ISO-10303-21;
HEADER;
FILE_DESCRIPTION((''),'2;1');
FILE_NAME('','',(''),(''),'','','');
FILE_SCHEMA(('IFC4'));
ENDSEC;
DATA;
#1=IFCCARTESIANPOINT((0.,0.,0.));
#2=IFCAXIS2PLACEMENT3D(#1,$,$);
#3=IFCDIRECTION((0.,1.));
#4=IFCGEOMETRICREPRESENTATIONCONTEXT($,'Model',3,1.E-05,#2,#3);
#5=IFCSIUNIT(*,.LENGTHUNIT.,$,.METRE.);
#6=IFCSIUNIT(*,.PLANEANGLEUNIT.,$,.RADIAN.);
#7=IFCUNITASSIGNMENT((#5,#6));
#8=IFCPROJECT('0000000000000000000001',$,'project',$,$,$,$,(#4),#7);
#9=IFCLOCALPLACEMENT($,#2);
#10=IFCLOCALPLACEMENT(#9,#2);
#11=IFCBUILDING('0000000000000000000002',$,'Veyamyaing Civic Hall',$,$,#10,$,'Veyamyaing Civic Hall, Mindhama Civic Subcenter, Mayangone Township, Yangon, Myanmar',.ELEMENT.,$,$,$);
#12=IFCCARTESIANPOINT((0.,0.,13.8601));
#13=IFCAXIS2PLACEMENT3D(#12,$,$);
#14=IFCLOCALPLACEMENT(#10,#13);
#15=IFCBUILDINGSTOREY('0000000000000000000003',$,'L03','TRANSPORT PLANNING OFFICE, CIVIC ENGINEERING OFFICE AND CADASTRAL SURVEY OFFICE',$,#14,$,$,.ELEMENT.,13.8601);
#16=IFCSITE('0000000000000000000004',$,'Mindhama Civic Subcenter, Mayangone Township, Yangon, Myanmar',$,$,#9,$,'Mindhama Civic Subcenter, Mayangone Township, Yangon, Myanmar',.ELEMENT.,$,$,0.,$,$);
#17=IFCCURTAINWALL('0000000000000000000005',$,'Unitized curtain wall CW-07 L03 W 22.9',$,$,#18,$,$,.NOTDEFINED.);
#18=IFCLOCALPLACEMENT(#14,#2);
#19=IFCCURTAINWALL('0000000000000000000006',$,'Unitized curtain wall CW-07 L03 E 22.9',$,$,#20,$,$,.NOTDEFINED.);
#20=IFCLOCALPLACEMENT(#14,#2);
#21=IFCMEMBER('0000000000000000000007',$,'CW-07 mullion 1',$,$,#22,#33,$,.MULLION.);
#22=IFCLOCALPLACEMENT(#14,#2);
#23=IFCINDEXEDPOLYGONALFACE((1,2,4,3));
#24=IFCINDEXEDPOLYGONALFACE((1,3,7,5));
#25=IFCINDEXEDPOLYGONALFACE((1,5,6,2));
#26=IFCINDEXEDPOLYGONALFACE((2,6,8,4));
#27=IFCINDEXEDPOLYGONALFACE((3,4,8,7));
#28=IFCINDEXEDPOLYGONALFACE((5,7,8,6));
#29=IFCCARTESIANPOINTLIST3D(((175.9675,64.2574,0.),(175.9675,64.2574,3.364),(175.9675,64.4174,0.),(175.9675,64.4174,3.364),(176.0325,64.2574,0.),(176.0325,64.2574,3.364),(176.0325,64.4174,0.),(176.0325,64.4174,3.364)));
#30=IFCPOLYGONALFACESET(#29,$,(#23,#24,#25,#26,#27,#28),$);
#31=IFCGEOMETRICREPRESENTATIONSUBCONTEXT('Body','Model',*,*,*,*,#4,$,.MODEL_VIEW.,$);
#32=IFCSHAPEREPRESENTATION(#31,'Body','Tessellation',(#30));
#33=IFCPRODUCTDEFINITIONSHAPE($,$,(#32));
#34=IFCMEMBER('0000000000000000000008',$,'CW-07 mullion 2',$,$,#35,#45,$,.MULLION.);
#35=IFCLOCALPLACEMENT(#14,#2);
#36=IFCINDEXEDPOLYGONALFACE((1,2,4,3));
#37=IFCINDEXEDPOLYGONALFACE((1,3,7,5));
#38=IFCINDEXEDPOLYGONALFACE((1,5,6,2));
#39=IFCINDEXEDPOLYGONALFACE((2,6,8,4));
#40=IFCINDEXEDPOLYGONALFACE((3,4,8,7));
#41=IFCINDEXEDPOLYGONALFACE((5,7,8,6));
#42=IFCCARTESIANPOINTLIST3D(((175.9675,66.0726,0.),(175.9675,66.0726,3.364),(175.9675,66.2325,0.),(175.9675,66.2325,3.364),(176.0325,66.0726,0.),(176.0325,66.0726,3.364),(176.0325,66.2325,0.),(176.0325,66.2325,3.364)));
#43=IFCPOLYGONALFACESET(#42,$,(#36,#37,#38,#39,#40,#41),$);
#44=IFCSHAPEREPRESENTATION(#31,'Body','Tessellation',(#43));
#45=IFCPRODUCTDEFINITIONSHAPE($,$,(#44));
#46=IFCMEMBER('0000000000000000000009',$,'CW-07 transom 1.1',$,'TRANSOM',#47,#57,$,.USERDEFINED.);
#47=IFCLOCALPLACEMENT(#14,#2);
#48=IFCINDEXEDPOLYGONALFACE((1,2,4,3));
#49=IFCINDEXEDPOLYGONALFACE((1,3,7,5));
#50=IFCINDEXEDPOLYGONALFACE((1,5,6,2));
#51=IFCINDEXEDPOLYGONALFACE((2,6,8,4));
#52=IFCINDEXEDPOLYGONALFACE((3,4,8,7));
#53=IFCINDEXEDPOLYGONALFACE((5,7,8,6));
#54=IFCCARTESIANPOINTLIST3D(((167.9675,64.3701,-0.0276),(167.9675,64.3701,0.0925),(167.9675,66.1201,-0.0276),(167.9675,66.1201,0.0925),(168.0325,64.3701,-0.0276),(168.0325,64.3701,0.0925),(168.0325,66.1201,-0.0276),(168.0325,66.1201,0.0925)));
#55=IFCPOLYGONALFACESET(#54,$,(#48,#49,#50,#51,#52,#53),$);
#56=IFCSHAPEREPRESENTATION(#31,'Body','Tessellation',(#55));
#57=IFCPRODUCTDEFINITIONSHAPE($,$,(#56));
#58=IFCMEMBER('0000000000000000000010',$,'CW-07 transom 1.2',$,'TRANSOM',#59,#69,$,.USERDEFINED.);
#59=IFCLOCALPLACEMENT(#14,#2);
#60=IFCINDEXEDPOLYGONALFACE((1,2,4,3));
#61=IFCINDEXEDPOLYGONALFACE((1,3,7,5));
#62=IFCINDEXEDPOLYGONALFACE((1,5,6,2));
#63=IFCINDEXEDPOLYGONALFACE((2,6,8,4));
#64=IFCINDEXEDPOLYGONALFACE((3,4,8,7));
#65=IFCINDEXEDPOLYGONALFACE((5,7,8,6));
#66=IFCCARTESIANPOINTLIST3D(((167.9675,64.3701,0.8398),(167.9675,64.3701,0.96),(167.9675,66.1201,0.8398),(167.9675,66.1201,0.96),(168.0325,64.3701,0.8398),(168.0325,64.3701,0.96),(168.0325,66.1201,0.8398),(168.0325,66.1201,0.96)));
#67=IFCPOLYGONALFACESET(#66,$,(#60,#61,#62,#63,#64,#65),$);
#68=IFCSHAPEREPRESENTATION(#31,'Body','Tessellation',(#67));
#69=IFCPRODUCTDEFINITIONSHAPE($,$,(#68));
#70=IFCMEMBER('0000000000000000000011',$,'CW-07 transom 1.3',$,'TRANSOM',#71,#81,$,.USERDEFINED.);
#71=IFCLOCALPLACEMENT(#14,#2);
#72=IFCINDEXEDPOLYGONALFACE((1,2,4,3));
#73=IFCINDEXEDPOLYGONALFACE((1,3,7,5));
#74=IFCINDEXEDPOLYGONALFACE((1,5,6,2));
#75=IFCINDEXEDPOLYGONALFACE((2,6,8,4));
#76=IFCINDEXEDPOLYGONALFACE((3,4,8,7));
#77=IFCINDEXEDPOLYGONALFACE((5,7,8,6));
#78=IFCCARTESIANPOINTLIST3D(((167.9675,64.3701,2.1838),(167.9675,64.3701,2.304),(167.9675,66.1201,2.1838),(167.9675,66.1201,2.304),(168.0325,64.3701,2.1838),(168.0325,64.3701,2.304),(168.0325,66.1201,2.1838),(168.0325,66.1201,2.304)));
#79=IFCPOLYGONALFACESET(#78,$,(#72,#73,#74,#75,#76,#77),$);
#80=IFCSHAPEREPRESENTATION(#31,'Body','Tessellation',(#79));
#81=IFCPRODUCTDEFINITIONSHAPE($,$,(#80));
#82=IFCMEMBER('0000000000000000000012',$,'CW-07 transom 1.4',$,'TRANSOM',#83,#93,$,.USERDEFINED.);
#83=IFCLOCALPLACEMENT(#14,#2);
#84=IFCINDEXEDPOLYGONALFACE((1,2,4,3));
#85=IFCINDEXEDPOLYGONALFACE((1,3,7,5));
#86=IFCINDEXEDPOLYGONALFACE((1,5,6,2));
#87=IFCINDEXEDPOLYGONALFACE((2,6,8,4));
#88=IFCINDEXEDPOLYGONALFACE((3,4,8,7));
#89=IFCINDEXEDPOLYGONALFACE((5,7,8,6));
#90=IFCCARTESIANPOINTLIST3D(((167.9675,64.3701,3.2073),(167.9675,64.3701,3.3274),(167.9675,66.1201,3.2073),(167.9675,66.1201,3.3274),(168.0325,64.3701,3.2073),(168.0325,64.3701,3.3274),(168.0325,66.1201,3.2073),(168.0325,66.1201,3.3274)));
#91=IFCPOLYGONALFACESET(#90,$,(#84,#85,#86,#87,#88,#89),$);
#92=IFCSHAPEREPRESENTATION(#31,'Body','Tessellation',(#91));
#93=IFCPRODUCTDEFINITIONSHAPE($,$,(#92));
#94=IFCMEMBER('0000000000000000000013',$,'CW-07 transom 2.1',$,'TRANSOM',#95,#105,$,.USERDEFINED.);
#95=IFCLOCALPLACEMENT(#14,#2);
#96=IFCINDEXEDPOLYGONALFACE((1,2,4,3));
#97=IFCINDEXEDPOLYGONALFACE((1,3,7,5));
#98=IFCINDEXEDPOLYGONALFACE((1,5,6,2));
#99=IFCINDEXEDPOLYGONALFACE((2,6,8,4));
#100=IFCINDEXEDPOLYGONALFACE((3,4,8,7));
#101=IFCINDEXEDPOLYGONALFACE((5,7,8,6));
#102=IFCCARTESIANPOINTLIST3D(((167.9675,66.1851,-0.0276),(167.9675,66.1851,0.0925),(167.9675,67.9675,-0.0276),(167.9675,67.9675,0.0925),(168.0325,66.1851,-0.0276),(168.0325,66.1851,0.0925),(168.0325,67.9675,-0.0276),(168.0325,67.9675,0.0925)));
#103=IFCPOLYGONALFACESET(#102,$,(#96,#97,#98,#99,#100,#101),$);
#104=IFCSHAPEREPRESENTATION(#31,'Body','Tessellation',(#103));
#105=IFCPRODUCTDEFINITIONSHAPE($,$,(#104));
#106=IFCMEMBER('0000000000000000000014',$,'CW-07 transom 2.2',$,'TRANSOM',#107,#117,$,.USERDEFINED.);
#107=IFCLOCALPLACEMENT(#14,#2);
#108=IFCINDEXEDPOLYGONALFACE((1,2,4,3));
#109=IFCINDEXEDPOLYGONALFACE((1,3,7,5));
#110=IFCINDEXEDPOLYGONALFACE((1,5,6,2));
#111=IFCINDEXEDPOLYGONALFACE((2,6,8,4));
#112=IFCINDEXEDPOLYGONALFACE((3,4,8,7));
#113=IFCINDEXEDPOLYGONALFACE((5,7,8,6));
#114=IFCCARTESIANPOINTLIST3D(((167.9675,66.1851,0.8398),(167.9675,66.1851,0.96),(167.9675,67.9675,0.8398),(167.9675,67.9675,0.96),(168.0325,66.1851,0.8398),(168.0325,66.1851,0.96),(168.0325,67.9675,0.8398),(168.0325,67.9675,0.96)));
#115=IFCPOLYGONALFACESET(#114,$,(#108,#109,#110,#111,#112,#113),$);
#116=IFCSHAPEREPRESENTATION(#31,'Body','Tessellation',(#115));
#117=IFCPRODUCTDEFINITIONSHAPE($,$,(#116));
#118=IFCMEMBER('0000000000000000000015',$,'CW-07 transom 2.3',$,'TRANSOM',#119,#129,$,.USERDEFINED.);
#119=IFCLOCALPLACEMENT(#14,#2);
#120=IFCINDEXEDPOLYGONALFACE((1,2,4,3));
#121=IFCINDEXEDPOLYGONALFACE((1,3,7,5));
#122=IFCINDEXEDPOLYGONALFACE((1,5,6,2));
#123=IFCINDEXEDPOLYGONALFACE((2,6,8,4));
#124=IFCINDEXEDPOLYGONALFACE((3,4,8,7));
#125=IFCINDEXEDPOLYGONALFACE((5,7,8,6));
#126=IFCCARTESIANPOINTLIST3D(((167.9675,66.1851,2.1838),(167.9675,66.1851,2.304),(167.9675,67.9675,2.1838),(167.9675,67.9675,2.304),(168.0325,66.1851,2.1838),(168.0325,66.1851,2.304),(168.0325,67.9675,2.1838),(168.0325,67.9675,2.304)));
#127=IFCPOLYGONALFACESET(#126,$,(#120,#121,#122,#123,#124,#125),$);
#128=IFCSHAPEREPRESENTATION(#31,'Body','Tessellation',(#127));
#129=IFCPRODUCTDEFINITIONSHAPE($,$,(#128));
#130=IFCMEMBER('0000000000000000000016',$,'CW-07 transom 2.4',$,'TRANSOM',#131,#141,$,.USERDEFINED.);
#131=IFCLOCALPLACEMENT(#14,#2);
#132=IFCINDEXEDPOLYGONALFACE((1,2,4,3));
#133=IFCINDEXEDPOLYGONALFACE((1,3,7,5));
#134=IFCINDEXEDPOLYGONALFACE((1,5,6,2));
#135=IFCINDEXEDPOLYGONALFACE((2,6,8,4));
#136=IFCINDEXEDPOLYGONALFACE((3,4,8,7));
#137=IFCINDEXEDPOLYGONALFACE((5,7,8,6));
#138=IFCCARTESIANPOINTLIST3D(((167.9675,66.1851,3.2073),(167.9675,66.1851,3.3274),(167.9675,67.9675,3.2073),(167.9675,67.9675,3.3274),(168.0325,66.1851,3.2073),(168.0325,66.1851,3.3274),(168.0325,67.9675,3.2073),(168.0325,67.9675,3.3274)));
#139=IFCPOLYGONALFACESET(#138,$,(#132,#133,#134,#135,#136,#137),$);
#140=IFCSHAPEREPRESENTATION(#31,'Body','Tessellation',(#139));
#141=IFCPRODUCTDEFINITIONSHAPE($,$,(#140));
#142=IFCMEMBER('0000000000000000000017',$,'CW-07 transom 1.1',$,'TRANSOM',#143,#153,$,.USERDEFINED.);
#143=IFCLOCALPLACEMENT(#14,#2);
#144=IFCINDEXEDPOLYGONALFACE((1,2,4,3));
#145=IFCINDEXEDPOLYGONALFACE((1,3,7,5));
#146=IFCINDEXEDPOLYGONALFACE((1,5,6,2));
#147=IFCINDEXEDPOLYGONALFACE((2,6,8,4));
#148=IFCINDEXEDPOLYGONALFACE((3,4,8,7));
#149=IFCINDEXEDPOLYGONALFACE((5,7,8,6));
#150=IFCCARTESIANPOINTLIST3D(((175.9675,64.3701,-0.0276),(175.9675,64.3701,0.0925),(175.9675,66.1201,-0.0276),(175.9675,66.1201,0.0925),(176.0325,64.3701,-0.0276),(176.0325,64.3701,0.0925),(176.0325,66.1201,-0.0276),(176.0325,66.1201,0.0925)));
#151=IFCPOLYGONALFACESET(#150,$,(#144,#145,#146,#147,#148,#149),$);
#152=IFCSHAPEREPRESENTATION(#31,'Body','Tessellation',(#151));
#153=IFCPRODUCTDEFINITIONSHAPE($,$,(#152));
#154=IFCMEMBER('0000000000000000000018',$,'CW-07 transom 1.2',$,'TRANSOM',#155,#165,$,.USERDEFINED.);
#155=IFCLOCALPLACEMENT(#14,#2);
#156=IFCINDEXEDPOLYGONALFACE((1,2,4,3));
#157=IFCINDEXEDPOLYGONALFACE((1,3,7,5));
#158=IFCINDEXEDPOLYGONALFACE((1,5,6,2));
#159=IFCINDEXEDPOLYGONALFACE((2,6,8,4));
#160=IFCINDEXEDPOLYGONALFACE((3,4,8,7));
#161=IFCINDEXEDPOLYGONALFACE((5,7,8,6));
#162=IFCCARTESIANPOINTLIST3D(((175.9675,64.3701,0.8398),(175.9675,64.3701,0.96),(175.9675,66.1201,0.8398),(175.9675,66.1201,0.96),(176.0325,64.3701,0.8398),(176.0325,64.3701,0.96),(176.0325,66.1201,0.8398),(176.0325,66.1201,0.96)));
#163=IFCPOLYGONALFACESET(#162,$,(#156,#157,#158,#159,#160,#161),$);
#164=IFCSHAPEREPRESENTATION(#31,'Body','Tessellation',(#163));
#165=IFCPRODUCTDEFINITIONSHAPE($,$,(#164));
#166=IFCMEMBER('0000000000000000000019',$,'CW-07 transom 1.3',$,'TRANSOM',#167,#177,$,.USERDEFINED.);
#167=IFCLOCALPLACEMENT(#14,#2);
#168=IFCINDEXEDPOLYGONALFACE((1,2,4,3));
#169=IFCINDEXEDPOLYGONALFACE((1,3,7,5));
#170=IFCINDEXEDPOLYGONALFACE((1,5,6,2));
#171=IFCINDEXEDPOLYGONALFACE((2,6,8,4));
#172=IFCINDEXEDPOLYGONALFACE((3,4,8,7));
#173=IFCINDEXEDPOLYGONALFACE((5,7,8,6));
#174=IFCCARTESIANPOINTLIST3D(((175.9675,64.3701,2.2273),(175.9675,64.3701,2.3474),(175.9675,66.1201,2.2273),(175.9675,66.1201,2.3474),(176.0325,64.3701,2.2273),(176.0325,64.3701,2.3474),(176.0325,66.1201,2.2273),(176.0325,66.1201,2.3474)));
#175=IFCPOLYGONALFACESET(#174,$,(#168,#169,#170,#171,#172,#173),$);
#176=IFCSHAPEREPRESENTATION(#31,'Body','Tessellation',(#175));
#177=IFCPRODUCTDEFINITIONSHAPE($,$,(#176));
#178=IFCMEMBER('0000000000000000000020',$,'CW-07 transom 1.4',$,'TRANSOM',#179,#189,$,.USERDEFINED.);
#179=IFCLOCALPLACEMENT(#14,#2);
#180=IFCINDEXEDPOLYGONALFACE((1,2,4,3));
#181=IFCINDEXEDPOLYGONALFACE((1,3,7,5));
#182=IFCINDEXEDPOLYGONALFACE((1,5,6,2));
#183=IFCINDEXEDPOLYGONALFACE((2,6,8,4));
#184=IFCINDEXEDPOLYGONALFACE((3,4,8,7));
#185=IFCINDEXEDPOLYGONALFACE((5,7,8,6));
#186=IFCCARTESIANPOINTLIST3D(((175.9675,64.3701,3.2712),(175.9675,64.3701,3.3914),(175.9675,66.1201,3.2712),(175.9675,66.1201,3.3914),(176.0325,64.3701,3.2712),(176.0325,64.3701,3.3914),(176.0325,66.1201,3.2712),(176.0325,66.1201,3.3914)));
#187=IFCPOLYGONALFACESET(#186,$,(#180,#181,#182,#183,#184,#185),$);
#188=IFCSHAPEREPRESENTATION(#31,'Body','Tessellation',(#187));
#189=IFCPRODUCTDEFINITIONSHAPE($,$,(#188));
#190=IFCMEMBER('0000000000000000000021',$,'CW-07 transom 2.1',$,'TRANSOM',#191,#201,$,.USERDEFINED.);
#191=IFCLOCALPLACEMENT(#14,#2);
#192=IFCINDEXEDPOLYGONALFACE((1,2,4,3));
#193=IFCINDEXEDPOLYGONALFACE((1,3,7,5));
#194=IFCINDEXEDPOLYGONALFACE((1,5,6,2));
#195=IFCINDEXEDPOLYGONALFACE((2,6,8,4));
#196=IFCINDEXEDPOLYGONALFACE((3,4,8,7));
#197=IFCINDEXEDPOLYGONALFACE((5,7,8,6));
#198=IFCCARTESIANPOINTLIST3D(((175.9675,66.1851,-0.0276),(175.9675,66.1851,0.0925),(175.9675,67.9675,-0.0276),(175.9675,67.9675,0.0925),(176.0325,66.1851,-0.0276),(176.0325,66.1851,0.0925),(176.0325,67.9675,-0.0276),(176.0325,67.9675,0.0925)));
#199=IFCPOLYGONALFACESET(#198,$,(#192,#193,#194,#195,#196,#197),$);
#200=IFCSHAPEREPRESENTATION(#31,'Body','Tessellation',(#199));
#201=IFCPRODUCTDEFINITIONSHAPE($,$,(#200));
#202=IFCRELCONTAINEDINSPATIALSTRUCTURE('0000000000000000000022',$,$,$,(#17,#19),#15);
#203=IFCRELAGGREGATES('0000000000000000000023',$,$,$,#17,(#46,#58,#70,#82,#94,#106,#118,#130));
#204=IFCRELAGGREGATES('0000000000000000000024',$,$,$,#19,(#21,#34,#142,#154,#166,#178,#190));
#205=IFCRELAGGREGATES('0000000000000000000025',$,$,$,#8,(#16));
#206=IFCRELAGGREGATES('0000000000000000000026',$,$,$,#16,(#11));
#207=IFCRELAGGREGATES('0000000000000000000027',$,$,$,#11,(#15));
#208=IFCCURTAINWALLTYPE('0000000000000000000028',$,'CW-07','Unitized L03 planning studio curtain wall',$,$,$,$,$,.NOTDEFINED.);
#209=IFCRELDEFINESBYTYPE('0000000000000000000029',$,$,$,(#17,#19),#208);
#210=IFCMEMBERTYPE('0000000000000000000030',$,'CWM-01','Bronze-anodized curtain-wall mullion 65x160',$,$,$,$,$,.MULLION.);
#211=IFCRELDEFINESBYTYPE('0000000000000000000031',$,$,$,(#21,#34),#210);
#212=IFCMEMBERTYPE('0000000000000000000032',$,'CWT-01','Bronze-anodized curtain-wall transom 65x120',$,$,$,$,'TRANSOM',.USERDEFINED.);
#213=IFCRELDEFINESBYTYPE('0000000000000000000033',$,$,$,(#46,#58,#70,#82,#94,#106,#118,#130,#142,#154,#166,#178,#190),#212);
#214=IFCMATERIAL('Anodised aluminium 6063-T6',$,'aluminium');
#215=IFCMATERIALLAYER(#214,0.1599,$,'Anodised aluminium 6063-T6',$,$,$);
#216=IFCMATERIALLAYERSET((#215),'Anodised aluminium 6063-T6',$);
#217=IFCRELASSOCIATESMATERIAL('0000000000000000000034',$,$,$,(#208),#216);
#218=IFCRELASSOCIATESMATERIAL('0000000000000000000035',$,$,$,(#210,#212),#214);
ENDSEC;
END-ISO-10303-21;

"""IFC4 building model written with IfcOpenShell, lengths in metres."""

from ifc_helpers import new_model, si_unit, direction, frame, origin, origin_2d, place, context, subcontext, project, spatial, rectangle, extrude, material, layer, layer_set, material_profile, profile_set, type_object, element, aggregate, save


model = new_model("IFC4")

# Units and contexts
model_context = context("Model", 3, precision=1e-05, world=origin(), true_north=direction((0.0, 1.0)))
body_context = subcontext(model_context, "Body", "Model", "MODEL_VIEW")
ifc_project = project(units=[si_unit("LENGTHUNIT", "METRE"), si_unit("PLANEANGLEUNIT", "RADIAN")], contexts=[model_context])

# Site, building, storey
site_placement = place(None, origin())
site = spatial("IfcSite", under=ifc_project, at=site_placement, Name="Mindhama Civic Subcenter, Mayangone Township, Yangon, Myanmar", LongName="Mindhama Civic Subcenter, Mayangone Township, Yangon, Myanmar", CompositionType="ELEMENT", RefElevation=0.0)
building_placement = place(site_placement, origin())
building = spatial("IfcBuilding", under=site, at=building_placement, Name="Veyamyaing Civic Hall", LongName="Veyamyaing Civic Hall, Mindhama Civic Subcenter, Mayangone Township, Yangon, Myanmar", CompositionType="ELEMENT")
storey_placement = place(building_placement, frame((0.0, 0.0, 13.8601)))
storey = spatial("IfcBuildingStorey", under=building, at=storey_placement, Name="L03", Description="TRANSPORT PLANNING OFFICE, CIVIC ENGINEERING OFFICE AND CADASTRAL SURVEY OFFICE", CompositionType="ELEMENT", Elevation=13.8601)

# Curtain walls, members
ifc_material_1 = material(Name="Anodised aluminium 6063-T6", Category="aluminium")
ifc_layer_1 = layer(ifc_material_1, 0.1599, Name="Anodised aluminium 6063-T6")
ifc_layer_set_1 = layer_set([ifc_layer_1], Name="Anodised aluminium 6063-T6")
curtain_wall_type = type_object("IfcCurtainWallType", Name="CW-07", Description="Unitized L03 planning studio curtain wall", PredefinedType="NOTDEFINED", material=ifc_layer_set_1)
curtain_wall_1_placement = place(storey_placement, origin())
curtain_wall_1 = element("IfcCurtainWall", 1, at=curtain_wall_1_placement, inside=storey, type_object=curtain_wall_type, Name="Unitized curtain wall CW-07 L03 W 22.9", PredefinedType="NOTDEFINED")
ifc_material_profile_1 = material_profile(ifc_material_1, rectangle(XDim=0.0649, YDim=0.1599, at=origin_2d()), Name="ALU-MUL-65X160")
ifc_profile_set_1 = profile_set([ifc_material_profile_1], Name="Anodised aluminium 6063-T6")
member_type_1 = type_object("IfcMemberType", Name="CWM-01", Description="Bronze-anodized curtain-wall mullion 65x160", PredefinedType="MULLION", material=ifc_profile_set_1)
curtain_wall_2_placement = place(storey_placement, origin())
curtain_wall_2 = element("IfcCurtainWall", 2, at=curtain_wall_2_placement, inside=storey, type_object=curtain_wall_type, Name="Unitized curtain wall CW-07 L03 E 22.9", PredefinedType="NOTDEFINED")
member_1_placement = place(storey_placement, frame((176.0, 64.3374, 0.0), z_axis=(0.0, 0.0, 1.0), x_axis=(-1.0, 0.0, 0.0)))
member_1 = element("IfcMember", 3, at=member_1_placement, type_object=member_type_1, Name="CW-07 mullion 1", PredefinedType="MULLION", context=body_context, shape_type="SweptSolid", body=[
    extrude(rectangle(XDim=0.0649, YDim=0.1599, at=origin_2d()), origin(), (0.0, 0.0, 1.0), 3.364),
])
member_2_placement = place(storey_placement, frame((176.0, 66.1526, 0.0), z_axis=(0.0, 0.0, 1.0), x_axis=(-1.0, 0.0, 0.0)))
member_2 = element("IfcMember", 4, at=member_2_placement, type_object=member_type_1, Name="CW-07 mullion 2", PredefinedType="MULLION", context=body_context, shape_type="SweptSolid", body=[
    extrude(rectangle(XDim=0.0649, YDim=0.1599, at=origin_2d()), origin(), (0.0, 0.0, 1.0), 3.364),
])

# Members
ifc_material_profile_2 = material_profile(ifc_material_1, rectangle(XDim=0.0649, YDim=0.1201, at=origin_2d()), Name="ALU-TRN-65X120")
ifc_profile_set_2 = profile_set([ifc_material_profile_2], Name="Anodised aluminium 6063-T6")
member_type_2 = type_object("IfcMemberType", Name="CWT-01", Description="Bronze-anodized curtain-wall transom 65x120", ElementType="TRANSOM", PredefinedType="USERDEFINED", material=ifc_profile_set_2)
member_3_placement = place(storey_placement, frame((168.0, 64.3701, 0.0325), z_axis=(0.0, 1.0, 0.0), x_axis=(-1.0, 0.0, 0.0)))
member_3 = element("IfcMember", 5, at=member_3_placement, type_object=member_type_2, Name="CW-07 transom 1.1", ObjectType="TRANSOM", PredefinedType="USERDEFINED", context=body_context, shape_type="SweptSolid", body=[
    extrude(rectangle(XDim=0.0649, YDim=0.1201, at=origin_2d()), origin(), (0.0, 0.0, 1.0), 1.75),
])
member_4_placement = place(storey_placement, frame((168.0, 64.3701, 0.8999), z_axis=(0.0, 1.0, 0.0), x_axis=(-1.0, 0.0, 0.0)))
member_4 = element("IfcMember", 6, at=member_4_placement, type_object=member_type_2, Name="CW-07 transom 1.2", ObjectType="TRANSOM", PredefinedType="USERDEFINED", context=body_context, shape_type="SweptSolid", body=[
    extrude(rectangle(XDim=0.0649, YDim=0.1201, at=origin_2d()), origin(), (0.0, 0.0, 1.0), 1.75),
])
member_5_placement = place(storey_placement, frame((168.0, 64.3701, 2.2439), z_axis=(0.0, 1.0, 0.0), x_axis=(-1.0, 0.0, 0.0)))
member_5 = element("IfcMember", 7, at=member_5_placement, type_object=member_type_2, Name="CW-07 transom 1.3", ObjectType="TRANSOM", PredefinedType="USERDEFINED", context=body_context, shape_type="SweptSolid", body=[
    extrude(rectangle(XDim=0.0649, YDim=0.1201, at=origin_2d()), origin(), (0.0, 0.0, 1.0), 1.75),
])
member_6_placement = place(storey_placement, frame((168.0, 64.3701, 3.2673), z_axis=(0.0, 1.0, 0.0), x_axis=(-1.0, 0.0, 0.0)))
member_6 = element("IfcMember", 8, at=member_6_placement, type_object=member_type_2, Name="CW-07 transom 1.4", ObjectType="TRANSOM", PredefinedType="USERDEFINED", context=body_context, shape_type="SweptSolid", body=[
    extrude(rectangle(XDim=0.0649, YDim=0.1201, at=origin_2d()), origin(), (0.0, 0.0, 1.0), 1.75),
])
member_7_placement = place(storey_placement, frame((168.0, 66.1851, 0.0325), z_axis=(0.0, 1.0, 0.0), x_axis=(-1.0, 0.0, 0.0)))
member_7 = element("IfcMember", 9, at=member_7_placement, type_object=member_type_2, Name="CW-07 transom 2.1", ObjectType="TRANSOM", PredefinedType="USERDEFINED", context=body_context, shape_type="SweptSolid", body=[
    extrude(rectangle(XDim=0.0649, YDim=0.1201, at=origin_2d()), origin(), (0.0, 0.0, 1.0), 1.7825),
])
member_8_placement = place(storey_placement, frame((168.0, 66.1851, 0.8999), z_axis=(0.0, 1.0, 0.0), x_axis=(-1.0, 0.0, 0.0)))
member_8 = element("IfcMember", 10, at=member_8_placement, type_object=member_type_2, Name="CW-07 transom 2.2", ObjectType="TRANSOM", PredefinedType="USERDEFINED", context=body_context, shape_type="SweptSolid", body=[
    extrude(rectangle(XDim=0.0649, YDim=0.1201, at=origin_2d()), origin(), (0.0, 0.0, 1.0), 1.7825),
])
member_9_placement = place(storey_placement, frame((168.0, 66.1851, 2.2439), z_axis=(0.0, 1.0, 0.0), x_axis=(-1.0, 0.0, 0.0)))
member_9 = element("IfcMember", 11, at=member_9_placement, type_object=member_type_2, Name="CW-07 transom 2.3", ObjectType="TRANSOM", PredefinedType="USERDEFINED", context=body_context, shape_type="SweptSolid", body=[
    extrude(rectangle(XDim=0.0649, YDim=0.1201, at=origin_2d()), origin(), (0.0, 0.0, 1.0), 1.7825),
])
member_10_placement = place(storey_placement, frame((168.0, 66.1851, 3.2673), z_axis=(0.0, 1.0, 0.0), x_axis=(-1.0, 0.0, 0.0)))
member_10 = element("IfcMember", 12, at=member_10_placement, type_object=member_type_2, Name="CW-07 transom 2.4", ObjectType="TRANSOM", PredefinedType="USERDEFINED", context=body_context, shape_type="SweptSolid", body=[
    extrude(rectangle(XDim=0.0649, YDim=0.1201, at=origin_2d()), origin(), (0.0, 0.0, 1.0), 1.7825),
])
member_11_placement = place(storey_placement, frame((176.0, 64.3701, 0.0325), z_axis=(0.0, 1.0, 0.0), x_axis=(-1.0, 0.0, 0.0)))
member_11 = element("IfcMember", 13, at=member_11_placement, type_object=member_type_2, Name="CW-07 transom 1.1", ObjectType="TRANSOM", PredefinedType="USERDEFINED", context=body_context, shape_type="SweptSolid", body=[
    extrude(rectangle(XDim=0.0649, YDim=0.1201, at=origin_2d()), origin(), (0.0, 0.0, 1.0), 1.75),
])
member_12_placement = place(storey_placement, frame((176.0, 64.3701, 0.8999), z_axis=(0.0, 1.0, 0.0), x_axis=(-1.0, 0.0, 0.0)))
member_12 = element("IfcMember", 14, at=member_12_placement, type_object=member_type_2, Name="CW-07 transom 1.2", ObjectType="TRANSOM", PredefinedType="USERDEFINED", context=body_context, shape_type="SweptSolid", body=[
    extrude(rectangle(XDim=0.0649, YDim=0.1201, at=origin_2d()), origin(), (0.0, 0.0, 1.0), 1.75),
])
member_13_placement = place(storey_placement, frame((176.0, 64.3701, 2.2874), z_axis=(0.0, 1.0, 0.0), x_axis=(-1.0, 0.0, 0.0)))
member_13 = element("IfcMember", 15, at=member_13_placement, type_object=member_type_2, Name="CW-07 transom 1.3", ObjectType="TRANSOM", PredefinedType="USERDEFINED", context=body_context, shape_type="SweptSolid", body=[
    extrude(rectangle(XDim=0.0649, YDim=0.1201, at=origin_2d()), origin(), (0.0, 0.0, 1.0), 1.75),
])
member_14_placement = place(storey_placement, frame((176.0, 64.3701, 3.3313), z_axis=(0.0, 1.0, 0.0), x_axis=(-1.0, 0.0, 0.0)))
member_14 = element("IfcMember", 16, at=member_14_placement, type_object=member_type_2, Name="CW-07 transom 1.4", ObjectType="TRANSOM", PredefinedType="USERDEFINED", context=body_context, shape_type="SweptSolid", body=[
    extrude(rectangle(XDim=0.0649, YDim=0.1201, at=origin_2d()), origin(), (0.0, 0.0, 1.0), 1.75),
])
member_15_placement = place(storey_placement, frame((176.0, 66.1851, 0.0325), z_axis=(0.0, 1.0, 0.0), x_axis=(-1.0, 0.0, 0.0)))
member_15 = element("IfcMember", 17, at=member_15_placement, type_object=member_type_2, Name="CW-07 transom 2.1", ObjectType="TRANSOM", PredefinedType="USERDEFINED", context=body_context, shape_type="SweptSolid", body=[
    extrude(rectangle(XDim=0.0649, YDim=0.1201, at=origin_2d()), origin(), (0.0, 0.0, 1.0), 1.7825),
])

aggregate(curtain_wall_1, [member_3, member_4, member_5, member_6, member_7, member_8, member_9, member_10])
aggregate(curtain_wall_2, [member_1, member_2, member_11, member_12, member_13, member_14, member_15])

save(model, "model.ifc")
